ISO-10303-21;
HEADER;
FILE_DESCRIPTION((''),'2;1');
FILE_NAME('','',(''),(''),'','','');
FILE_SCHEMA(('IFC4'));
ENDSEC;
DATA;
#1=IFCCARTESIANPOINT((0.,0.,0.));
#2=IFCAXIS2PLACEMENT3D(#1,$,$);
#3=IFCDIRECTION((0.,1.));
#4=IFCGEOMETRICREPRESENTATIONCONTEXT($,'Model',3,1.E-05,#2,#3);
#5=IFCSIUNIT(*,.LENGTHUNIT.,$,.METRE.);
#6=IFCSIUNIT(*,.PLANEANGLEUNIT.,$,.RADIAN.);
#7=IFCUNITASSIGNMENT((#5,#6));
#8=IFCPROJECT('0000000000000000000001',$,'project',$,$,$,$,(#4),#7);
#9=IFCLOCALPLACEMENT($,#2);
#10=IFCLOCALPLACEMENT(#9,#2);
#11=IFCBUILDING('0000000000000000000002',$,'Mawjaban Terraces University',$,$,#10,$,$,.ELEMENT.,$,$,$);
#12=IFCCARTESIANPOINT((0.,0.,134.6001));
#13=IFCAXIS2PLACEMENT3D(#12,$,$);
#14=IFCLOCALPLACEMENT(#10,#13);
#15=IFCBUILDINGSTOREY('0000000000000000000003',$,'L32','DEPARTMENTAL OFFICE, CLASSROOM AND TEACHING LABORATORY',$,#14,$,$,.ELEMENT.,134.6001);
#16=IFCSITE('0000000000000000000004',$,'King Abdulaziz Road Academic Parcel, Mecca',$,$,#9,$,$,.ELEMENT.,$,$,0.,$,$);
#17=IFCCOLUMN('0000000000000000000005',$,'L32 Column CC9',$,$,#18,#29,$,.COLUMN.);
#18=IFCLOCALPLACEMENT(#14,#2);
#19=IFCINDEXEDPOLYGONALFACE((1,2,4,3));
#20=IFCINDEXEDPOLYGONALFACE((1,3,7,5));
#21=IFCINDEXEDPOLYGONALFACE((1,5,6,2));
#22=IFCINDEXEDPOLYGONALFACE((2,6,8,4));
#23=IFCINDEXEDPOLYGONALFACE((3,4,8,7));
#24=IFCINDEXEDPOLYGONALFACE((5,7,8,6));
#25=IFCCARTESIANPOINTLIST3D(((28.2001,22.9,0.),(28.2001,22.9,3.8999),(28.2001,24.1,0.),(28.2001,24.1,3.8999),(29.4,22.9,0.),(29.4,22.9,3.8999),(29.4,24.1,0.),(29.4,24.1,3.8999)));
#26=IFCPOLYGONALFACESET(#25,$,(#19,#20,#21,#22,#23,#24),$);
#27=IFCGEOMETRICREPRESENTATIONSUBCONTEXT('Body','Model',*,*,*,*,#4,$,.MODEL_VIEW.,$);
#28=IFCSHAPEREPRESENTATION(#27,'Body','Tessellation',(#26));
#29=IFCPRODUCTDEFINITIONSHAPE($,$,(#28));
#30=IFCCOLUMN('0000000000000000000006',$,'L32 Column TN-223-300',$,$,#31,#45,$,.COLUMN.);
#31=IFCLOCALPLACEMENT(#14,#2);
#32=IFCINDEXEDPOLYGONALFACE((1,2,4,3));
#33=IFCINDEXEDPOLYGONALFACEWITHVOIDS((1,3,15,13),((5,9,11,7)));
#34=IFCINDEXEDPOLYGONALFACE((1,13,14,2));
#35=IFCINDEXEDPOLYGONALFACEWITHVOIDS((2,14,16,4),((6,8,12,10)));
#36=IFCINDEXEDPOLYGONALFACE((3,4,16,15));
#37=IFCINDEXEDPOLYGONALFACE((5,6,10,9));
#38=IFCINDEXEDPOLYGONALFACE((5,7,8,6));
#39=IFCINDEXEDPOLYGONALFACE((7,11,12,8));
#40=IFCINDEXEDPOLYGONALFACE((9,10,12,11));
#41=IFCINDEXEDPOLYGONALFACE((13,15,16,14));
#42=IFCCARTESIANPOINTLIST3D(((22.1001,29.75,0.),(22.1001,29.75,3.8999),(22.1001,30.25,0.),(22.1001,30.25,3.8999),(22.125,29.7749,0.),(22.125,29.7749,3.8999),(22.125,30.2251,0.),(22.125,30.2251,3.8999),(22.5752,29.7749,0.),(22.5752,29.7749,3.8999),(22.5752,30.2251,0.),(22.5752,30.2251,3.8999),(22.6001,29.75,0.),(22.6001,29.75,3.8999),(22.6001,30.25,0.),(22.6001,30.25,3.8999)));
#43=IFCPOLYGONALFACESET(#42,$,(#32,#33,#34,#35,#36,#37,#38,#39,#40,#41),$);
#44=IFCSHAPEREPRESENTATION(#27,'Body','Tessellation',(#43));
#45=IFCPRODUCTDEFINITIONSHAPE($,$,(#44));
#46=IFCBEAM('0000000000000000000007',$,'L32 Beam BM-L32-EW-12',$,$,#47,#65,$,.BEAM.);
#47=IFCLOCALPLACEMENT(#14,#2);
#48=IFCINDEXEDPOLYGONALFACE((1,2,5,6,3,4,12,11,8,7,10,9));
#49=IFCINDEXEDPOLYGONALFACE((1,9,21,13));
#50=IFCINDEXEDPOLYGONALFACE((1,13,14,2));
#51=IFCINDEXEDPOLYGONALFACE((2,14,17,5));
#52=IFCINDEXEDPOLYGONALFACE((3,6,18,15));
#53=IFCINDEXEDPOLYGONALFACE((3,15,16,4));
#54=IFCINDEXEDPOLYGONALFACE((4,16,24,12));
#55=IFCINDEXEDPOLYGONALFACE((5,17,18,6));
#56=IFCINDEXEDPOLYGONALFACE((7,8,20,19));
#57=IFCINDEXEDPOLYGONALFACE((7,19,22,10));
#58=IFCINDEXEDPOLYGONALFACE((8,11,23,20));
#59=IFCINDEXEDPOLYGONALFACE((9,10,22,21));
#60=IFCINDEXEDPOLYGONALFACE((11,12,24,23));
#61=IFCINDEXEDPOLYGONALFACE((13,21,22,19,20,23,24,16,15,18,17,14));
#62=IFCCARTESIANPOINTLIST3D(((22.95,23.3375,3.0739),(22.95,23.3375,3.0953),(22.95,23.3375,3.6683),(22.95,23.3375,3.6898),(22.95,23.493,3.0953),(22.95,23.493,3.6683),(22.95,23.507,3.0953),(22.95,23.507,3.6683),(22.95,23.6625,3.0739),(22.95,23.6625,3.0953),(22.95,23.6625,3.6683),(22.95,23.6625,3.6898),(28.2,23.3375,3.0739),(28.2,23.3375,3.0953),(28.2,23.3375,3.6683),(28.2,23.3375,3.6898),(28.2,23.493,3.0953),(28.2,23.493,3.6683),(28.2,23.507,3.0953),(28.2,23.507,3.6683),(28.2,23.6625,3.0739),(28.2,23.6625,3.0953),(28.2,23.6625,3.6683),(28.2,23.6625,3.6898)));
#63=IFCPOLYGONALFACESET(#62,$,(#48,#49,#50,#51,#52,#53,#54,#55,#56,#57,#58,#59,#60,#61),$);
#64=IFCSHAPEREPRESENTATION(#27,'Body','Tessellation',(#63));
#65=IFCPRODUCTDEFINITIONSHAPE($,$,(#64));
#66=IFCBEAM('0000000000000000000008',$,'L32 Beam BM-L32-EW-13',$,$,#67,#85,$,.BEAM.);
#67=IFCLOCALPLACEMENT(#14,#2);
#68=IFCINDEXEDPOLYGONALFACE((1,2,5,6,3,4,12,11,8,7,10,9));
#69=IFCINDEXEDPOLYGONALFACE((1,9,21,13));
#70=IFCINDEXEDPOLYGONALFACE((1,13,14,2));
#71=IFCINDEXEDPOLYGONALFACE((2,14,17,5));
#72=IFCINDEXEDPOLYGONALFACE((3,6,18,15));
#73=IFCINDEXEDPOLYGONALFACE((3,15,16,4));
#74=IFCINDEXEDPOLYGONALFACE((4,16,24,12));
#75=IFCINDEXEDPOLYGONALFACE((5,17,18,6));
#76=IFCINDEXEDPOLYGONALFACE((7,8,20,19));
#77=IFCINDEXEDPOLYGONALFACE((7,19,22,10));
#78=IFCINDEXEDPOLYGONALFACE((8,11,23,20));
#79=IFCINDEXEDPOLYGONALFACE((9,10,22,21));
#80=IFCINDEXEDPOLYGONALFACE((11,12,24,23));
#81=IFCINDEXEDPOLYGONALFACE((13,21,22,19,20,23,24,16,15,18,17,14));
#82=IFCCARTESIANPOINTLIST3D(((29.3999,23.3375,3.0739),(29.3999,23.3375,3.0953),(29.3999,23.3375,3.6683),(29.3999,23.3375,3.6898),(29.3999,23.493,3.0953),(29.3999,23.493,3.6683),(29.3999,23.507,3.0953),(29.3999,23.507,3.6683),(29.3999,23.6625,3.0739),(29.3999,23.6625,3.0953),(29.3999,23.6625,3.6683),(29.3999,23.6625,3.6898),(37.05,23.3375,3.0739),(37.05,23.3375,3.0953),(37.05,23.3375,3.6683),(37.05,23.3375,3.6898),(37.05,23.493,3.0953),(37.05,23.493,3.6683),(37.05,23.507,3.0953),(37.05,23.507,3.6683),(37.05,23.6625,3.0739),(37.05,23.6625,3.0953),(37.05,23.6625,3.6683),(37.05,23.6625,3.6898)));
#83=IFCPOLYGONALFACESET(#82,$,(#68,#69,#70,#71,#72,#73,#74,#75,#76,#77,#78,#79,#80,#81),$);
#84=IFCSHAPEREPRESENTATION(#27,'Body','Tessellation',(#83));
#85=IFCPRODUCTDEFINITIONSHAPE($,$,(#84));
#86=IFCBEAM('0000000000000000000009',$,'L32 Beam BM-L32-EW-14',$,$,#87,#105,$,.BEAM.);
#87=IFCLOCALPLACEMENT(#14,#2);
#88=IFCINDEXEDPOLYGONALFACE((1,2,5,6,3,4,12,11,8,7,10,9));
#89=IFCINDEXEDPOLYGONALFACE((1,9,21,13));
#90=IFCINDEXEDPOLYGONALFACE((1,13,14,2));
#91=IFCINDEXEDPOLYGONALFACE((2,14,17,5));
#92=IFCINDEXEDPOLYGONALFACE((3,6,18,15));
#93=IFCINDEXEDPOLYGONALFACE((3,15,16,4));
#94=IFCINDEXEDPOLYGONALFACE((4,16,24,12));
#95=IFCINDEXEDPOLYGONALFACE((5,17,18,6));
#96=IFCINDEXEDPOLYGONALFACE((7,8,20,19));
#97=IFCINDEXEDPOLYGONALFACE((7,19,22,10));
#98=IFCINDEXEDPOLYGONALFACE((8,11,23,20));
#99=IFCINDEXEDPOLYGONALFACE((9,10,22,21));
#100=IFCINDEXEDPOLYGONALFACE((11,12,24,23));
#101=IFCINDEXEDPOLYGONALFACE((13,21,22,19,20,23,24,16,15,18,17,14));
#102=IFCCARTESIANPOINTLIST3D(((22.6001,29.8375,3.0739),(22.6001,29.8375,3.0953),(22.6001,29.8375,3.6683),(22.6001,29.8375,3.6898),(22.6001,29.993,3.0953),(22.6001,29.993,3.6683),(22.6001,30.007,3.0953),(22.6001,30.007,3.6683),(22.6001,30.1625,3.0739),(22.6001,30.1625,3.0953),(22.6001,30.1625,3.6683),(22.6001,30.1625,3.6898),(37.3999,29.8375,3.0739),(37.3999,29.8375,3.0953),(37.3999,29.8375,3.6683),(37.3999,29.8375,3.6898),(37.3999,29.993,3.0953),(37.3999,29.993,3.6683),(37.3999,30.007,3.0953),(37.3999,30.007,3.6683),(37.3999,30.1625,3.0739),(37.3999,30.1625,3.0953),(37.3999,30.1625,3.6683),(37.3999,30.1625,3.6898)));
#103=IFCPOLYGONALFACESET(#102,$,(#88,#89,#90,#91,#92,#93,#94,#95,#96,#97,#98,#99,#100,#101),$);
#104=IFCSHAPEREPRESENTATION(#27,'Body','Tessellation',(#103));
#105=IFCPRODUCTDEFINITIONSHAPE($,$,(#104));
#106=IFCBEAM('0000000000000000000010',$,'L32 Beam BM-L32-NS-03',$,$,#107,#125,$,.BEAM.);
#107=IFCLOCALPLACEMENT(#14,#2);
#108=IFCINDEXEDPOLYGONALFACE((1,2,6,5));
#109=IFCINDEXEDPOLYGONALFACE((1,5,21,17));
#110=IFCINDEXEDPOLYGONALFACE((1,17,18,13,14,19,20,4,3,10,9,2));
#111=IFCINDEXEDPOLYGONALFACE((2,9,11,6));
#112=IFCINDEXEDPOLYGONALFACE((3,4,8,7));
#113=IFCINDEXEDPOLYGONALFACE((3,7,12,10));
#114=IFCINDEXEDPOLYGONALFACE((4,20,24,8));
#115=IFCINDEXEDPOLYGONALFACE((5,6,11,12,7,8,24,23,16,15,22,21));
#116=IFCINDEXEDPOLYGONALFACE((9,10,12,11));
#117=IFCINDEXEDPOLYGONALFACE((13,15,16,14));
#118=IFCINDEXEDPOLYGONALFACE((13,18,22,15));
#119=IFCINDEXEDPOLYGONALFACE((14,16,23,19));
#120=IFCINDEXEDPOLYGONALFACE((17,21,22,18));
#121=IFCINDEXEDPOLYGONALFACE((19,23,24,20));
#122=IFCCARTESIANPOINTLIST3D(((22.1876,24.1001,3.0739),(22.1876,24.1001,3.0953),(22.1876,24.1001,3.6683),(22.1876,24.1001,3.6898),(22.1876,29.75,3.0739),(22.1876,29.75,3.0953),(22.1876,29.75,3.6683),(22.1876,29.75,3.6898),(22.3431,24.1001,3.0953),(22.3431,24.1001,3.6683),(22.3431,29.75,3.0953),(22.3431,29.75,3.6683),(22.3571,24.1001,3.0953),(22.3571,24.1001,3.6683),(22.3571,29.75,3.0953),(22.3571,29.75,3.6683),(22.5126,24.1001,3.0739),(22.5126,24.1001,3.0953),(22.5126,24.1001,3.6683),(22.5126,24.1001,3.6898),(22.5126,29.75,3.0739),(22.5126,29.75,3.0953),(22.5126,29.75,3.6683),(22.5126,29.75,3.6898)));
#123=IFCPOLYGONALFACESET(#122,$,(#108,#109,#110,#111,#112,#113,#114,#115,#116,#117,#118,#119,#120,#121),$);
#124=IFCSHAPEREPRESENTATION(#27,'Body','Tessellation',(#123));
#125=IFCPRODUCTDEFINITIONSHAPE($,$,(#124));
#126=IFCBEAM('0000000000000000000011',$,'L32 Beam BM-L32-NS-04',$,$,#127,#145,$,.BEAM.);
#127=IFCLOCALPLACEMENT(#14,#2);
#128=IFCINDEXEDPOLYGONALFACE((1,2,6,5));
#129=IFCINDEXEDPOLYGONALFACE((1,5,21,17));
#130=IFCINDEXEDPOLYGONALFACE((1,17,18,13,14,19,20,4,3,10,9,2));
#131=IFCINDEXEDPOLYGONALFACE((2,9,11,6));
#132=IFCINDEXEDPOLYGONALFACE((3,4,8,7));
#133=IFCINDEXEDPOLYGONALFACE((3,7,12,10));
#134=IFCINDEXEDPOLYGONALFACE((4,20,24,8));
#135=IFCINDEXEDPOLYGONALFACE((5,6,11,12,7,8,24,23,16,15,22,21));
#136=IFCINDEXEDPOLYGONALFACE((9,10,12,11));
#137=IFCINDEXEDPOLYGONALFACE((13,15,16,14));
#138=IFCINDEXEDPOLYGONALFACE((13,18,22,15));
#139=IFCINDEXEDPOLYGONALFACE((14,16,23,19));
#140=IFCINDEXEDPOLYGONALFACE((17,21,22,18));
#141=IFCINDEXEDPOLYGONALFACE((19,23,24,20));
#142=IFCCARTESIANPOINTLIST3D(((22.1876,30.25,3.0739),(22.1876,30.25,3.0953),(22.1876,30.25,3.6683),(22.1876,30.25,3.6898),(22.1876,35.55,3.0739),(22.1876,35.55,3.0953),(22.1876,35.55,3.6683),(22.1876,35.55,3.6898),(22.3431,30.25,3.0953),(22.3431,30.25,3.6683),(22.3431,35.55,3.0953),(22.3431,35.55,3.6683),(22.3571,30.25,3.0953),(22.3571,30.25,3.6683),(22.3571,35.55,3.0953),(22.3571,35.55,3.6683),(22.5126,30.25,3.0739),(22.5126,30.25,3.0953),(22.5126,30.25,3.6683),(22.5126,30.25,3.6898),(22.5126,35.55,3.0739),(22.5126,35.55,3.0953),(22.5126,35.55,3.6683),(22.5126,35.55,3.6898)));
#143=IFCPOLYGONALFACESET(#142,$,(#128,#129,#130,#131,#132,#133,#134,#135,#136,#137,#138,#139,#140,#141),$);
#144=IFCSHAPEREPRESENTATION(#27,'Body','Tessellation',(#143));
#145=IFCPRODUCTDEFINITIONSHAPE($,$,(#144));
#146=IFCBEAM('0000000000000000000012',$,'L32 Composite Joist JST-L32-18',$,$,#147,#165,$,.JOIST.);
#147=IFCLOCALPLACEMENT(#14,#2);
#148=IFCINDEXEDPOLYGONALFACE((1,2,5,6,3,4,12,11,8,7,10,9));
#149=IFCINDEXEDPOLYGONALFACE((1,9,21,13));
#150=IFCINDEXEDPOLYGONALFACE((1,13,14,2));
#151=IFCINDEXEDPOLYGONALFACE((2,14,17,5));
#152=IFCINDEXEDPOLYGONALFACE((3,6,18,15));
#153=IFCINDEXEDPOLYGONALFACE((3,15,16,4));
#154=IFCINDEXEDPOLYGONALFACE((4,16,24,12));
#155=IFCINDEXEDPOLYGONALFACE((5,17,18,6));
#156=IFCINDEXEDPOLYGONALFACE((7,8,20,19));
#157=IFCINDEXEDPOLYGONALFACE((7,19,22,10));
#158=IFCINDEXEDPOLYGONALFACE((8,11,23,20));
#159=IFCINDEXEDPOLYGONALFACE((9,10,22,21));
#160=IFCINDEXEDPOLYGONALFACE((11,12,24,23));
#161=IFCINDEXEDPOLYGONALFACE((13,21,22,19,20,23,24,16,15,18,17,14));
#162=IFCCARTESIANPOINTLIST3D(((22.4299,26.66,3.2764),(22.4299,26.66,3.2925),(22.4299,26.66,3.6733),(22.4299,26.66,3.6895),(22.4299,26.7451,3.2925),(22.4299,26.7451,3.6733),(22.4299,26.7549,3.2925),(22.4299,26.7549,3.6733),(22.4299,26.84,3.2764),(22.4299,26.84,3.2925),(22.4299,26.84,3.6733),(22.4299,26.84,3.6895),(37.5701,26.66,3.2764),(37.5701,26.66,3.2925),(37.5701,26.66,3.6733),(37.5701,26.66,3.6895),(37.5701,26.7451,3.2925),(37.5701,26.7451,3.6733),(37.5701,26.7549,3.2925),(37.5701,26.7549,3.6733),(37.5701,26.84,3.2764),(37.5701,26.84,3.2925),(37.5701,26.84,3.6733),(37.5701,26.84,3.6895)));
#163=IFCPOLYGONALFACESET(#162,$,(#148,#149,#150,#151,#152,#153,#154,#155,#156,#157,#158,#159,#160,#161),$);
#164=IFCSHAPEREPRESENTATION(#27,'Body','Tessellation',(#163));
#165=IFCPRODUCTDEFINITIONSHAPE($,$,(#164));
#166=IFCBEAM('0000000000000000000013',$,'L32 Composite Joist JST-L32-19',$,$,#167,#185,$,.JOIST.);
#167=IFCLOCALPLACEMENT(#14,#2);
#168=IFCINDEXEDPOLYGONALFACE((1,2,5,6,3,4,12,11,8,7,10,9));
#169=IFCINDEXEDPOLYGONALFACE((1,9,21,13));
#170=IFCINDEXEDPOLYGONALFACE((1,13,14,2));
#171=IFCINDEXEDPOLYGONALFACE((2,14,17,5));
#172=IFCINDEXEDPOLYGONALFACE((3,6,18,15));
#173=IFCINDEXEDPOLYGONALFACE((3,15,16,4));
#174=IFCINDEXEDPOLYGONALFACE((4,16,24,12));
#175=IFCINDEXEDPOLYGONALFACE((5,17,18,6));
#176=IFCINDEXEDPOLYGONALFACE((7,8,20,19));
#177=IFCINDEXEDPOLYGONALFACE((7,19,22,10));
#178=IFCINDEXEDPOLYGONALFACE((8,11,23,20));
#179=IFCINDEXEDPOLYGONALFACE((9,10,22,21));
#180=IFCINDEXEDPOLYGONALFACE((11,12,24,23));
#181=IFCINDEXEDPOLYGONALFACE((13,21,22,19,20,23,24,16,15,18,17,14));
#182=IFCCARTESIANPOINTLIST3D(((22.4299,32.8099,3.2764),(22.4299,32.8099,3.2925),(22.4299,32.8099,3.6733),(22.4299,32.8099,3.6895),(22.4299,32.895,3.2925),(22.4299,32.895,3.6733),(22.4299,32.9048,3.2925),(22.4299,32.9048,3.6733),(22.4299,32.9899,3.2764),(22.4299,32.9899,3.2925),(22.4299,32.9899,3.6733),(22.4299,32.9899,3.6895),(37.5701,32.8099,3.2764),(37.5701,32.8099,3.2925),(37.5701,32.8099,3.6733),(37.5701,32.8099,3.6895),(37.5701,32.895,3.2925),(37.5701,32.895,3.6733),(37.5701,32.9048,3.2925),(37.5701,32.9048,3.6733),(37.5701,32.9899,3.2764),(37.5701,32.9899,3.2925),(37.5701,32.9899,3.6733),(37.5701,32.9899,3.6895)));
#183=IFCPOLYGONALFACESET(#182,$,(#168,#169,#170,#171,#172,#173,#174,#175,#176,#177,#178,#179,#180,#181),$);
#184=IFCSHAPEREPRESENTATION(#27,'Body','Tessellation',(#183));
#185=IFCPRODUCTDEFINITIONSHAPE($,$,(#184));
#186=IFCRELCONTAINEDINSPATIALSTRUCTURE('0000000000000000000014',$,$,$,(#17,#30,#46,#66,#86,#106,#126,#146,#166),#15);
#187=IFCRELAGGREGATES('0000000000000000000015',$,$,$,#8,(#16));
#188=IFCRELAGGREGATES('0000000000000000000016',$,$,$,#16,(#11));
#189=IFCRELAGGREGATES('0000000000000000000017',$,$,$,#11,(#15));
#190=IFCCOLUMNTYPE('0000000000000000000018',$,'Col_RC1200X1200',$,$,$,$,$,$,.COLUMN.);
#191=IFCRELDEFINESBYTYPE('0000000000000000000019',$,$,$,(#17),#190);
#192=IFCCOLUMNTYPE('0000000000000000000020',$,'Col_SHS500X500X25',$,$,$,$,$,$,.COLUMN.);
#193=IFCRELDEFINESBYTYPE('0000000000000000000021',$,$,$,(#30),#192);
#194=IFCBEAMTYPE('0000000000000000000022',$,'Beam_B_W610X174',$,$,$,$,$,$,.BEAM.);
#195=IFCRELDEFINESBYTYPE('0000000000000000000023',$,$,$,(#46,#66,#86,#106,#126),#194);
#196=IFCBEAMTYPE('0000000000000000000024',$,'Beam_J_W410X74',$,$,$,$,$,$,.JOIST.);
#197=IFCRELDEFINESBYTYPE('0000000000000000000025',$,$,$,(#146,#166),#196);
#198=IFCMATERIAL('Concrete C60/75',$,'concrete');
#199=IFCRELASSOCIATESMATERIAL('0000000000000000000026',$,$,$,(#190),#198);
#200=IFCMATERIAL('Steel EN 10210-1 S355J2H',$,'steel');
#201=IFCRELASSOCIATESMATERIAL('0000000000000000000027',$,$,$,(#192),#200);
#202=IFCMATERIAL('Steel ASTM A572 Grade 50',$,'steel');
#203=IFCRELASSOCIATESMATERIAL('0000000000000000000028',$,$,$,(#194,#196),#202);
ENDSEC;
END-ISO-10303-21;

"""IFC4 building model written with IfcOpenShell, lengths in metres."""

from ifc_helpers import new_model, si_unit, direction, frame, origin, origin_2d, place, context, subcontext, project, spatial, rectangle, hollow_rectangle, i_section, extrude, material, material_profile, profile_set, type_object, element, save


model = new_model("IFC4")

# Units and contexts
model_context = context("Model", 3, precision=1e-05, world=origin(), true_north=direction((0.0, 1.0)))
body_context = subcontext(model_context, "Body", "Model", "MODEL_VIEW")
ifc_project = project(units=[si_unit("LENGTHUNIT", "METRE"), si_unit("PLANEANGLEUNIT", "RADIAN")], contexts=[model_context])

# Site, building, storey
site_placement = place(None, origin())
site = spatial("IfcSite", under=ifc_project, at=site_placement, Name="King Abdulaziz Road Academic Parcel, Mecca", CompositionType="ELEMENT", RefElevation=0.0)
building_placement = place(site_placement, origin())
building = spatial("IfcBuilding", under=site, at=building_placement, Name="Mawjaban Terraces University", CompositionType="ELEMENT")
storey_placement = place(building_placement, frame((0.0, 0.0, 134.6001)))
storey = spatial("IfcBuildingStorey", under=building, at=storey_placement, Name="L32", Description="DEPARTMENTAL OFFICE, CLASSROOM AND TEACHING LABORATORY", CompositionType="ELEMENT", Elevation=134.6001)

# Columns
ifc_material_1 = material(Name="Concrete C60/75", Category="concrete")
ifc_material_profile_1 = material_profile(ifc_material_1, rectangle(XDim=1.2, YDim=1.2, at=origin_2d()), Name="RC1200X1200")
ifc_profile_set_1 = profile_set([ifc_material_profile_1], Name="Concrete C60/75")
column_type_1 = type_object("IfcColumnType", Name="Col_RC1200X1200", PredefinedType="COLUMN", material=ifc_profile_set_1)
column_1_placement = place(storey_placement, frame((28.8, 23.5, 0.0), z_axis=(0.0, 0.0, 1.0), x_axis=(1.0, 0.0, 0.0)))
element("IfcColumn", 1, at=column_1_placement, inside=storey, type_object=column_type_1, Name="L32 Column CC9", PredefinedType="COLUMN", context=body_context, shape_type="SweptSolid", body=[
    extrude(rectangle(XDim=1.2, YDim=1.2, at=origin_2d()), origin(), (0.0, 0.0, 1.0), 3.8999),
])
ifc_material_2 = material(Name="Steel EN 10210-1 S355J2H", Category="steel")
ifc_material_profile_2 = material_profile(ifc_material_2, hollow_rectangle(XDim=0.5, YDim=0.5, WallThickness=0.0249, at=origin_2d()), Name="SHS500X500X25")
ifc_profile_set_2 = profile_set([ifc_material_profile_2], Name="Steel EN 10210-1 S355J2H")
column_type_2 = type_object("IfcColumnType", Name="Col_SHS500X500X25", PredefinedType="COLUMN", material=ifc_profile_set_2)
column_2_placement = place(storey_placement, frame((22.3501, 30.0, 0.0), z_axis=(0.0, 0.0, 1.0), x_axis=(1.0, 0.0, 0.0)))
element("IfcColumn", 2, at=column_2_placement, inside=storey, type_object=column_type_2, Name="L32 Column TN-223-300", PredefinedType="COLUMN", context=body_context, shape_type="SweptSolid", body=[
    extrude(hollow_rectangle(XDim=0.5, YDim=0.5, WallThickness=0.0249, at=origin_2d()), origin(), (0.0, 0.0, 1.0), 3.8999),
])

# Beams
ifc_material_3 = material(Name="Steel ASTM A572 Grade 50", Category="steel")
ifc_material_profile_3 = material_profile(ifc_material_3, i_section(OverallWidth=0.325, OverallDepth=0.616, WebThickness=0.0139, FlangeThickness=0.0215, at=origin_2d()), Name="W610X174")
ifc_profile_set_3 = profile_set([ifc_material_profile_3], Name="Steel ASTM A572 Grade 50")
beam_type_1 = type_object("IfcBeamType", Name="Beam_B_W610X174", PredefinedType="BEAM", material=ifc_profile_set_3)
beam_1_placement = place(storey_placement, frame((22.95, 23.5, 3.3818), z_axis=(1.0, 0.0, 0.0), x_axis=(0.0, 1.0, 0.0)))
element("IfcBeam", 3, at=beam_1_placement, inside=storey, type_object=beam_type_1, Name="L32 Beam BM-L32-EW-12", PredefinedType="BEAM", context=body_context, shape_type="SweptSolid", body=[
    extrude(i_section(OverallWidth=0.325, OverallDepth=0.616, WebThickness=0.0139, FlangeThickness=0.0215, at=origin_2d()), origin(), (0.0, 0.0, 1.0), 5.25),
])
beam_2_placement = place(storey_placement, frame((29.3999, 23.5, 3.3818), z_axis=(1.0, 0.0, 0.0), x_axis=(0.0, 1.0, 0.0)))
element("IfcBeam", 4, at=beam_2_placement, inside=storey, type_object=beam_type_1, Name="L32 Beam BM-L32-EW-13", PredefinedType="BEAM", context=body_context, shape_type="SweptSolid", body=[
    extrude(i_section(OverallWidth=0.325, OverallDepth=0.616, WebThickness=0.0139, FlangeThickness=0.0215, at=origin_2d()), origin(), (0.0, 0.0, 1.0), 7.6501),
])
beam_3_placement = place(storey_placement, frame((22.6001, 30.0, 3.3818), z_axis=(1.0, 0.0, 0.0), x_axis=(0.0, 1.0, 0.0)))
element("IfcBeam", 5, at=beam_3_placement, inside=storey, type_object=beam_type_1, Name="L32 Beam BM-L32-EW-14", PredefinedType="BEAM", context=body_context, shape_type="SweptSolid", body=[
    extrude(i_section(OverallWidth=0.325, OverallDepth=0.616, WebThickness=0.0139, FlangeThickness=0.0215, at=origin_2d()), origin(), (0.0, 0.0, 1.0), 14.7998),
])
beam_4_placement = place(storey_placement, frame((22.3501, 24.1001, 3.3818), z_axis=(0.0, 1.0, 0.0), x_axis=(-1.0, 0.0, 0.0)))
element("IfcBeam", 6, at=beam_4_placement, inside=storey, type_object=beam_type_1, Name="L32 Beam BM-L32-NS-03", PredefinedType="BEAM", context=body_context, shape_type="SweptSolid", body=[
    extrude(i_section(OverallWidth=0.325, OverallDepth=0.616, WebThickness=0.0139, FlangeThickness=0.0215, at=origin_2d()), origin(), (0.0, 0.0, 1.0), 5.6499),
])
beam_5_placement = place(storey_placement, frame((22.3501, 30.25, 3.3818), z_axis=(0.0, 1.0, 0.0), x_axis=(-1.0, 0.0, 0.0)))
element("IfcBeam", 7, at=beam_5_placement, inside=storey, type_object=beam_type_1, Name="L32 Beam BM-L32-NS-04", PredefinedType="BEAM", context=body_context, shape_type="SweptSolid", body=[
    extrude(i_section(OverallWidth=0.325, OverallDepth=0.616, WebThickness=0.0139, FlangeThickness=0.0215, at=origin_2d()), origin(), (0.0, 0.0, 1.0), 5.3),
])
ifc_material_profile_4 = material_profile(ifc_material_3, i_section(OverallWidth=0.1799, OverallDepth=0.4131, WebThickness=0.0098, FlangeThickness=0.0161, at=origin_2d()), Name="W410X74")
ifc_profile_set_4 = profile_set([ifc_material_profile_4], Name="Steel ASTM A572 Grade 50")
beam_type_2 = type_object("IfcBeamType", Name="Beam_J_W410X74", PredefinedType="JOIST", material=ifc_profile_set_4)
for number, where, z_axis, x_axis, name in (
    (8, (22.4299, 26.75, 3.4829), (1.0, 0.0, 0.0), (0.0, 1.0, 0.0), "L32 Composite Joist JST-L32-18"),
    (9, (22.4299, 32.8999, 3.4829), (1.0, 0.0, 0.0), (0.0, 1.0, 0.0), "L32 Composite Joist JST-L32-19"),
):
    element("IfcBeam", number, at=place(storey_placement, frame(where, z_axis=z_axis, x_axis=x_axis)), inside=storey, type_object=beam_type_2, Name=name, PredefinedType="JOIST", context=body_context, shape_type="SweptSolid", body=[
        extrude(i_section(OverallWidth=0.1799, OverallDepth=0.4131, WebThickness=0.0098, FlangeThickness=0.0161, at=origin_2d()), origin(), (0.0, 0.0, 1.0), 15.1401),
    ])

save(model, "model.ifc")
